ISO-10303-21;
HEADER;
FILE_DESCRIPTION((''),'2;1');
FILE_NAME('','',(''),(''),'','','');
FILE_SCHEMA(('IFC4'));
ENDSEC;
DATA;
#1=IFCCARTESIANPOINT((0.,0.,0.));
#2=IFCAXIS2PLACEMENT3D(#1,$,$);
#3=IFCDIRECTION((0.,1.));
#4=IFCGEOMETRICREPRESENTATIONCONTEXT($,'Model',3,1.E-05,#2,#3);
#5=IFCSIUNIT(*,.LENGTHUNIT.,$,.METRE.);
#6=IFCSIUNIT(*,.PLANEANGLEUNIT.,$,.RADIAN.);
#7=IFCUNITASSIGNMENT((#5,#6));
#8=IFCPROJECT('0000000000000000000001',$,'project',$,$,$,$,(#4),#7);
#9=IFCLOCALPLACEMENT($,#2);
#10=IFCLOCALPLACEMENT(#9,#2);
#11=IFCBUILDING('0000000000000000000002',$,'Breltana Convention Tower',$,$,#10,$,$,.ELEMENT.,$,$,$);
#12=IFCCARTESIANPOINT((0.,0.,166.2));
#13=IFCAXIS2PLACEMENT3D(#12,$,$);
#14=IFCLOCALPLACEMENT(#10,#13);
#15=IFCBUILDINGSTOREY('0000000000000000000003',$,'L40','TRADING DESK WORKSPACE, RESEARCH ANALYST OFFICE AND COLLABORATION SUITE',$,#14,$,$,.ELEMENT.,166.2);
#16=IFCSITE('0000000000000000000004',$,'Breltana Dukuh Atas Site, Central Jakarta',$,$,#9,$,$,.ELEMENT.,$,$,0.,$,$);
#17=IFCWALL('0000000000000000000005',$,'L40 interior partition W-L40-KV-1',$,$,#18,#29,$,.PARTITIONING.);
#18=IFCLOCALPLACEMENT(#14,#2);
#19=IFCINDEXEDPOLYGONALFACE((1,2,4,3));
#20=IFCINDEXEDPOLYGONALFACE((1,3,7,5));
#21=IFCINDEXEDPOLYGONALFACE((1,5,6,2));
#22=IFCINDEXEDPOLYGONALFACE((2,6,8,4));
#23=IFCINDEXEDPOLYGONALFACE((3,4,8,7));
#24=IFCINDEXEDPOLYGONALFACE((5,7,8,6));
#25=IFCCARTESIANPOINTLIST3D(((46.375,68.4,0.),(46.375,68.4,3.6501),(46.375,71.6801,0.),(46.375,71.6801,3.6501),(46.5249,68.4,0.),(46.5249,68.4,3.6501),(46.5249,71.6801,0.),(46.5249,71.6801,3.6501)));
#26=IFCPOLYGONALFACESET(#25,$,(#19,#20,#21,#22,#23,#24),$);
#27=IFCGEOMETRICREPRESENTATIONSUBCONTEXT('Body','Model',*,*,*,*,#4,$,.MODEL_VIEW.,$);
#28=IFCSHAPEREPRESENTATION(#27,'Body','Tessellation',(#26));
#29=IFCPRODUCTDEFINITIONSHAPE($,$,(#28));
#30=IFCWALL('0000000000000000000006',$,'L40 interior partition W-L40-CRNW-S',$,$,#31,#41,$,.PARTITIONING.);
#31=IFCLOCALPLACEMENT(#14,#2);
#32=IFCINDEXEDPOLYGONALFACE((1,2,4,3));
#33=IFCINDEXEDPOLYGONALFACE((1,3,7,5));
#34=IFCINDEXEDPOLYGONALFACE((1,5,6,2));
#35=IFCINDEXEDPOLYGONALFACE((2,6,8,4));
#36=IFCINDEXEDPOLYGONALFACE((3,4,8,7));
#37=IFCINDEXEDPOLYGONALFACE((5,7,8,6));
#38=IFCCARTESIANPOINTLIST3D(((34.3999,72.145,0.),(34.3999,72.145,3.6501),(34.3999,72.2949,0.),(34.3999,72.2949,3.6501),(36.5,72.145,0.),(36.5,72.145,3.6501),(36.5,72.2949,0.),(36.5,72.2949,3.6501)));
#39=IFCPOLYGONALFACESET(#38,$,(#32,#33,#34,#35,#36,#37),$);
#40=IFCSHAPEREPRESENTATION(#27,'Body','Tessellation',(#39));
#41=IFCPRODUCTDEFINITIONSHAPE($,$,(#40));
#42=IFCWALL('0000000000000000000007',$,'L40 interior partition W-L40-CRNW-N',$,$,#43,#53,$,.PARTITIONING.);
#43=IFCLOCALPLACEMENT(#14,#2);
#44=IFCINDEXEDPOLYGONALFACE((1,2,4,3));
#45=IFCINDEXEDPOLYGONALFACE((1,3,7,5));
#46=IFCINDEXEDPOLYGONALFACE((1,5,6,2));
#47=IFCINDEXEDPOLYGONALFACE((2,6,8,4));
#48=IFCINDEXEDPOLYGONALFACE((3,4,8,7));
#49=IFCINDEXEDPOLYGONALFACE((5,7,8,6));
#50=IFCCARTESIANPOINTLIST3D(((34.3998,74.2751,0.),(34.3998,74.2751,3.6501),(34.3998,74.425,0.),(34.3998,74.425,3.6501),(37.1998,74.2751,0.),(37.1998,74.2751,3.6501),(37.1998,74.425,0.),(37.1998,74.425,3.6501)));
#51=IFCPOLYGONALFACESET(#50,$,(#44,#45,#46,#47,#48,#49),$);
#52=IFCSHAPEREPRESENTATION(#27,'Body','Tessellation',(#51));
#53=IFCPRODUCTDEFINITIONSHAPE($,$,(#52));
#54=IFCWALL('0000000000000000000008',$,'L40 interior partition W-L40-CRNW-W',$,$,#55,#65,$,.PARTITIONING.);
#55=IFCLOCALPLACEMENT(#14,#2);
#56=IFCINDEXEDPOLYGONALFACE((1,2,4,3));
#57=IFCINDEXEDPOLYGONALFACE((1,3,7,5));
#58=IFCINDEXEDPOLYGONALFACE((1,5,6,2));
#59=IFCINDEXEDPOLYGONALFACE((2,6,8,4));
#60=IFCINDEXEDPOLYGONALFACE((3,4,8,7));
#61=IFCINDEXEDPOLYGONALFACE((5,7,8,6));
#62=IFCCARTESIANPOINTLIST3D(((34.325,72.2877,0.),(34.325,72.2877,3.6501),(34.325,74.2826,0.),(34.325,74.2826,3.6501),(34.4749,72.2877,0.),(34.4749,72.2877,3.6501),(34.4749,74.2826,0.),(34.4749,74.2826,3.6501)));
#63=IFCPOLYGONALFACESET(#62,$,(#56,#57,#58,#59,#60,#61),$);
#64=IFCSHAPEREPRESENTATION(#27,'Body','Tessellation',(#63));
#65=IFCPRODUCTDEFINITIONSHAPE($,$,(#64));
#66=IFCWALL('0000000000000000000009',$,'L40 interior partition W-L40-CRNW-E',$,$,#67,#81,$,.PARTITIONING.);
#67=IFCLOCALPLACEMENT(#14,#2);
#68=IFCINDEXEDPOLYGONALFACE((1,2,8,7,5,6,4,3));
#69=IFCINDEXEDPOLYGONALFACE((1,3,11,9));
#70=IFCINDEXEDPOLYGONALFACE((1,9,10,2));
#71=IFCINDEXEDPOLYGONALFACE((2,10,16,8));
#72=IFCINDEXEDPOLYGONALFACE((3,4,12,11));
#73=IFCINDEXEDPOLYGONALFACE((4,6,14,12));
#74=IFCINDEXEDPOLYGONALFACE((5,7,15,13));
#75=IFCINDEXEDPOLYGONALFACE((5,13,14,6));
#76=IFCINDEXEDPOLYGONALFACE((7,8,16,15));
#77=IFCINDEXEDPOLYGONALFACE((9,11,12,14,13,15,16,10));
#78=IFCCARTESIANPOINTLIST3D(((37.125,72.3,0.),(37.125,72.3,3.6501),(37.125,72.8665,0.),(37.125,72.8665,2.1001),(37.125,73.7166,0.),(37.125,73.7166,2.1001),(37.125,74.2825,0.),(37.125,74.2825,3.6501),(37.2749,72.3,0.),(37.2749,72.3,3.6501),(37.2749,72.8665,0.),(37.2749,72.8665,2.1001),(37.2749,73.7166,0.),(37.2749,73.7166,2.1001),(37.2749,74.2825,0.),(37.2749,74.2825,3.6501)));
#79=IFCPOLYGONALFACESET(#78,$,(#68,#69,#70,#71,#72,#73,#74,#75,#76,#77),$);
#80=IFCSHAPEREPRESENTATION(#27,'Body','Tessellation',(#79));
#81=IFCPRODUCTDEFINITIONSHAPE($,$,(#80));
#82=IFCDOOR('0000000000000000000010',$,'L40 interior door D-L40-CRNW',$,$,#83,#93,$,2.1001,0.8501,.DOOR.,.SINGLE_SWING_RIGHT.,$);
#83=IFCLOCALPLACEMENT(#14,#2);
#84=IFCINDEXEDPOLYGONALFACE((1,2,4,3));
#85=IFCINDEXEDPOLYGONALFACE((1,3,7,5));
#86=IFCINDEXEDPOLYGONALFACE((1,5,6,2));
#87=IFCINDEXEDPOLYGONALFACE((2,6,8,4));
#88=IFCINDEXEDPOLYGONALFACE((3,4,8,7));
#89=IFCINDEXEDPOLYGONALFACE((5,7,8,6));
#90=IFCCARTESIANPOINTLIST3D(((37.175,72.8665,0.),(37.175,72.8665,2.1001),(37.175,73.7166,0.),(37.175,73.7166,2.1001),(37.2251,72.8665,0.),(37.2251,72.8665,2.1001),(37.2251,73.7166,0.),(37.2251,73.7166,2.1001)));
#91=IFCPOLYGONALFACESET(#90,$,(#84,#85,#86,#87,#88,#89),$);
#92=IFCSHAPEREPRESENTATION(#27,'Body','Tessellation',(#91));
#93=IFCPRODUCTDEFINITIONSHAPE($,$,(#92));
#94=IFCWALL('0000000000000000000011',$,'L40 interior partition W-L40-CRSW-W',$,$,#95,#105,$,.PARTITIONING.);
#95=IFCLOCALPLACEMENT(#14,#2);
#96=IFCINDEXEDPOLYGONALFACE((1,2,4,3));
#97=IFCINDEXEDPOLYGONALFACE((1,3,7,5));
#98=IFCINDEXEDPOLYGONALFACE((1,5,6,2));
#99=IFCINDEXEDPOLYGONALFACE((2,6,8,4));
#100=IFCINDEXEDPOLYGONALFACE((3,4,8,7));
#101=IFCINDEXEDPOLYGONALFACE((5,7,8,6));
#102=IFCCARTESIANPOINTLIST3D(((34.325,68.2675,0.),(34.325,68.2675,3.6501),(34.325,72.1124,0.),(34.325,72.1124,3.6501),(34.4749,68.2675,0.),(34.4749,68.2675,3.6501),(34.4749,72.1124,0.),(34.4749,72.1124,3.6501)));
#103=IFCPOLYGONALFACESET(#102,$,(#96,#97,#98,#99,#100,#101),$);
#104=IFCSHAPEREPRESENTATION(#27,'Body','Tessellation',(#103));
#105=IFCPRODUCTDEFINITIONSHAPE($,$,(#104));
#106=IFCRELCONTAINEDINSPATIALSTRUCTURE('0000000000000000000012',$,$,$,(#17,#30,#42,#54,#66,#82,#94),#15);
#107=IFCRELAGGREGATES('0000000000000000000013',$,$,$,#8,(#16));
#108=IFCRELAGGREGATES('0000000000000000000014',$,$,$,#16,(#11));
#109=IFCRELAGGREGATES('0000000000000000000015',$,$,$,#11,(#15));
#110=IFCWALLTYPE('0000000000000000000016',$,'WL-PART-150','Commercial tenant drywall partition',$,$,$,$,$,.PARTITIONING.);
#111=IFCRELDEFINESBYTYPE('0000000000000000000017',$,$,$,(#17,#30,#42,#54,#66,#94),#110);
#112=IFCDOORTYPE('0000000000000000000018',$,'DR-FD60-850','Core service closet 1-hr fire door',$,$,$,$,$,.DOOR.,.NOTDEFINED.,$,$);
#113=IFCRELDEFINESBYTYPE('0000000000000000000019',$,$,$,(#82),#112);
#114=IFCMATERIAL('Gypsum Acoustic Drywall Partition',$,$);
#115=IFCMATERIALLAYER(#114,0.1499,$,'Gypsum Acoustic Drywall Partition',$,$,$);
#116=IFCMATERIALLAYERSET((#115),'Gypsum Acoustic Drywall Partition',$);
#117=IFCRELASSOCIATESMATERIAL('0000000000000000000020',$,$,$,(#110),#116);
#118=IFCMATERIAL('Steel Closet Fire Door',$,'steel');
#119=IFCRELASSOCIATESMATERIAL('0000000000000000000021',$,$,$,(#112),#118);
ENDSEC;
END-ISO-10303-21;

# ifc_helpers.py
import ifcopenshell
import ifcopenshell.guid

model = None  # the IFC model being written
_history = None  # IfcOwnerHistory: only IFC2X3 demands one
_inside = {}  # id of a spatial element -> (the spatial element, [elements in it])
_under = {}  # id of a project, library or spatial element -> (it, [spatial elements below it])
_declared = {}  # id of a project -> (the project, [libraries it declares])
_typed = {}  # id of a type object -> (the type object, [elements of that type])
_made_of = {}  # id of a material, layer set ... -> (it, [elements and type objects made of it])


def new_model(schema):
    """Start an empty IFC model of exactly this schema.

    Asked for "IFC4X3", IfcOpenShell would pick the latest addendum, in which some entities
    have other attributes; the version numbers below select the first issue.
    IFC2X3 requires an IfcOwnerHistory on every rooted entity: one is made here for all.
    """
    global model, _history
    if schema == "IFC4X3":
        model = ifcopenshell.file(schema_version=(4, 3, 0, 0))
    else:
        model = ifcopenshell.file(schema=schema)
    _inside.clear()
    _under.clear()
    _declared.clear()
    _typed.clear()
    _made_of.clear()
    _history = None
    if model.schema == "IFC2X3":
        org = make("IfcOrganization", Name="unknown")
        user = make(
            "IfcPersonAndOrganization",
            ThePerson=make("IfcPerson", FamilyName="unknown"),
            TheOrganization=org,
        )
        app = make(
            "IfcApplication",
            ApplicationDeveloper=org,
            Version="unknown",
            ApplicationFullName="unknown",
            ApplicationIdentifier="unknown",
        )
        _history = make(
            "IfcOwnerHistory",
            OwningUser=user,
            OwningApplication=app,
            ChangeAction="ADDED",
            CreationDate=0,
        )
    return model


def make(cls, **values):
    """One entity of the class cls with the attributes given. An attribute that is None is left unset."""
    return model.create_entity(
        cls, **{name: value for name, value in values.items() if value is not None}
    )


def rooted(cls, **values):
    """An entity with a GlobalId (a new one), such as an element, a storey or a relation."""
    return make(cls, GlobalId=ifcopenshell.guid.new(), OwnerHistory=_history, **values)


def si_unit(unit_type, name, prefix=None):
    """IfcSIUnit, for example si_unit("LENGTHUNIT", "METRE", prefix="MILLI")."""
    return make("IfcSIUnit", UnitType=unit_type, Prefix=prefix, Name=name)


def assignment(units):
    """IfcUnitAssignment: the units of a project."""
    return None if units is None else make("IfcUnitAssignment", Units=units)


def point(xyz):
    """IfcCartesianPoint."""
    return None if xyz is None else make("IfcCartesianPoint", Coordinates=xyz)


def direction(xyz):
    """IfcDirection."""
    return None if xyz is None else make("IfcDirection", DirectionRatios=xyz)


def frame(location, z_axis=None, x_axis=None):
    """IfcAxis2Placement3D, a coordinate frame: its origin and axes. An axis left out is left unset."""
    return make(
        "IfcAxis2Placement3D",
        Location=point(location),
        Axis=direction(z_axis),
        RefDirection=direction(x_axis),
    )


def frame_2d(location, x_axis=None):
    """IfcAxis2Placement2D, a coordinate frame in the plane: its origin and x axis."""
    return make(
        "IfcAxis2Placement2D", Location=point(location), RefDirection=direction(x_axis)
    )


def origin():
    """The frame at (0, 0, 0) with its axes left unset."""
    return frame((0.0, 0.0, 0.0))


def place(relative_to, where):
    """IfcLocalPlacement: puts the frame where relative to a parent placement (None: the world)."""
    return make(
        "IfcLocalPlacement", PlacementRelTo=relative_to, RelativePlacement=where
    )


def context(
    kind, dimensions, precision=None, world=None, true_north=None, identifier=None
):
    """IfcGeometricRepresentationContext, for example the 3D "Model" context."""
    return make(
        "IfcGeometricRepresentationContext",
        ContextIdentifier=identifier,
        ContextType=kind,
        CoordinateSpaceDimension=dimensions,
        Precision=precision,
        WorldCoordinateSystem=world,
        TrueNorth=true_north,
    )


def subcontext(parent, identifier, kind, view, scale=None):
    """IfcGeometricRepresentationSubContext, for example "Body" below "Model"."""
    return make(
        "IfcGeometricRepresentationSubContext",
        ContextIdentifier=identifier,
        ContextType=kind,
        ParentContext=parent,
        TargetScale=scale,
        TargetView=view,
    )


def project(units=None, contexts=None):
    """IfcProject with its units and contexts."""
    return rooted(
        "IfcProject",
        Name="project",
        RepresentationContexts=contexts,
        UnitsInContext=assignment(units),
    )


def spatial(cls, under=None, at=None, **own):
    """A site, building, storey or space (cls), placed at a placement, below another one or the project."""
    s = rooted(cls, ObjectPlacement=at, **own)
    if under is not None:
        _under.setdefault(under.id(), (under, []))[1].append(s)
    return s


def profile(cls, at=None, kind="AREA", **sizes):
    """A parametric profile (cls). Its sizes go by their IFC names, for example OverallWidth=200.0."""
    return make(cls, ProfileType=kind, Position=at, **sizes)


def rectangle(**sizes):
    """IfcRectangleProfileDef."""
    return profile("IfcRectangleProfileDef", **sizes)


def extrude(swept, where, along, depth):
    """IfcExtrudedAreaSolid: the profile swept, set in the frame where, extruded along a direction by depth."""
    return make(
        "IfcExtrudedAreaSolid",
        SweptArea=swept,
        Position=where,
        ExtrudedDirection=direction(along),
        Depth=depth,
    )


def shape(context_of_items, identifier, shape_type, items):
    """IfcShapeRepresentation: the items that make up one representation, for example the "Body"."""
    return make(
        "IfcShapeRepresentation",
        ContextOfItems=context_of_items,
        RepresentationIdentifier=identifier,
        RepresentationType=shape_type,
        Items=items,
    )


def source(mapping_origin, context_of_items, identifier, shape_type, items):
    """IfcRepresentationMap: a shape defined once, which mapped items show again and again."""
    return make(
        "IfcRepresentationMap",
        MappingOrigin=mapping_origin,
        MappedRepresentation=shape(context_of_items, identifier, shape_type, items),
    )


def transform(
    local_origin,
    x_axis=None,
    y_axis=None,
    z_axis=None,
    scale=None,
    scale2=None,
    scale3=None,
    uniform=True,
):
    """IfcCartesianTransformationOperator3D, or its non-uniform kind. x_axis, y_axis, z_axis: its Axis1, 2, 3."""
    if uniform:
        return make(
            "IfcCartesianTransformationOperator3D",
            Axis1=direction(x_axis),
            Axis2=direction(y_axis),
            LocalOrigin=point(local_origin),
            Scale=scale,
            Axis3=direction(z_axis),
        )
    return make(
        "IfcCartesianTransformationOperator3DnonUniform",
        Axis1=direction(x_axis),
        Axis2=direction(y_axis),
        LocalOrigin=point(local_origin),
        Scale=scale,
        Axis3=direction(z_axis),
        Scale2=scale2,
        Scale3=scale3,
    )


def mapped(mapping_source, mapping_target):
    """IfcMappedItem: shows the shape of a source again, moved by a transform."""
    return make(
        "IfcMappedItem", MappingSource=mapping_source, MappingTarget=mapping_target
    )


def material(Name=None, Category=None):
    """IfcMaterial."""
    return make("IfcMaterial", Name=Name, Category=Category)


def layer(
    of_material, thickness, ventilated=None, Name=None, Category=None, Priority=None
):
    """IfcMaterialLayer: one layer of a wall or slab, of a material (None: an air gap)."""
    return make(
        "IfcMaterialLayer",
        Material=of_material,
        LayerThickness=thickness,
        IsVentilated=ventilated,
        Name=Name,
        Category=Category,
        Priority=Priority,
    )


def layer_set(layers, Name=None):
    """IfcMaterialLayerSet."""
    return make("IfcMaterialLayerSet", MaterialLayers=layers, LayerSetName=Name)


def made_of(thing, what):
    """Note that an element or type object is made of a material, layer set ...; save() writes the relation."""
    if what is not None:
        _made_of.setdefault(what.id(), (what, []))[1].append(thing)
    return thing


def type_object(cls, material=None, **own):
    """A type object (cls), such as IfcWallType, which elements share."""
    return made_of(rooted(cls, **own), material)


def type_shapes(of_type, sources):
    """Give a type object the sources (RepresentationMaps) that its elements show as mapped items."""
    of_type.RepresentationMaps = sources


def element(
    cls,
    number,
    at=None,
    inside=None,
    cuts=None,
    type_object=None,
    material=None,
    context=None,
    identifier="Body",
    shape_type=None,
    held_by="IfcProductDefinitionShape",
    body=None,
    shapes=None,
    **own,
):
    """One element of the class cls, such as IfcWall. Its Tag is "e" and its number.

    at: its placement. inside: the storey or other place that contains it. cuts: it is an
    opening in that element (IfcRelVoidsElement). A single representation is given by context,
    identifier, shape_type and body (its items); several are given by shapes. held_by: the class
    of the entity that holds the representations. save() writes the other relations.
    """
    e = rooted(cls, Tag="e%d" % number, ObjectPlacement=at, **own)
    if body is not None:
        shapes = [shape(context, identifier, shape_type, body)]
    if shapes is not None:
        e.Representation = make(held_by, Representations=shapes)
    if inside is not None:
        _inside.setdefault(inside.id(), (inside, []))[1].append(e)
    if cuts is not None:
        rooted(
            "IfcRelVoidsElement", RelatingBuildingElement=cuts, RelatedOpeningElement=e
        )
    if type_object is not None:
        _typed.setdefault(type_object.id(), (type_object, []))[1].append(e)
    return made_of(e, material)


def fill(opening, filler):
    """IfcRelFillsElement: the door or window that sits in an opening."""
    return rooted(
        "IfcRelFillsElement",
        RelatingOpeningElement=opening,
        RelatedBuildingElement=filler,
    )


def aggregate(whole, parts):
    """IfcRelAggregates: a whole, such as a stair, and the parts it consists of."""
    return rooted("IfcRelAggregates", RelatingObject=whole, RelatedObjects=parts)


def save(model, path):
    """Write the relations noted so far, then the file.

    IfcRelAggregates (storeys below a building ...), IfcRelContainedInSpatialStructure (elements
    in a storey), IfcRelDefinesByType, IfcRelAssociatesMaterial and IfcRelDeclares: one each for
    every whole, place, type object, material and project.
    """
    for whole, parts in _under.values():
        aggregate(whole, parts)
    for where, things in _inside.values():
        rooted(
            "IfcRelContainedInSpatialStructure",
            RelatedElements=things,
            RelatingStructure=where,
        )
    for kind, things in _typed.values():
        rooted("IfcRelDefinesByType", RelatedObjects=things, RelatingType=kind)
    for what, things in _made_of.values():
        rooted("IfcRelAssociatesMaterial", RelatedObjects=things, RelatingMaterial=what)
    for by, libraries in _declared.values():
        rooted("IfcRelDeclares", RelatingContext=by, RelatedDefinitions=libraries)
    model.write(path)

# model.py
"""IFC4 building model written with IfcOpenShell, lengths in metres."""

from ifc_helpers import new_model, si_unit, direction, frame, frame_2d, origin, place, context, subcontext, project, spatial, rectangle, extrude, source, transform, mapped, material, layer, layer_set, type_object, type_shapes, element, fill, save


model = new_model("IFC4")

# Units and contexts
model_context = context("Model", 3, precision=1e-05, world=origin(), true_north=direction((0.0, 1.0)))
body_context = subcontext(model_context, "Body", "Model", "MODEL_VIEW")
ifc_project = project(units=[si_unit("LENGTHUNIT", "METRE"), si_unit("PLANEANGLEUNIT", "RADIAN")], contexts=[model_context])

# Site, building, storey
site_placement = place(None, origin())
site = spatial("IfcSite", under=ifc_project, at=site_placement, Name="Breltana Dukuh Atas Site, Central Jakarta", CompositionType="ELEMENT", RefElevation=0.0)
building_placement = place(site_placement, origin())
building = spatial("IfcBuilding", under=site, at=building_placement, Name="Breltana Convention Tower", CompositionType="ELEMENT")
storey_placement = place(building_placement, frame((0.0, 0.0, 166.2)))
storey = spatial("IfcBuildingStorey", under=building, at=storey_placement, Name="L40", Description="TRADING DESK WORKSPACE, RESEARCH ANALYST OFFICE AND COLLABORATION SUITE", CompositionType="ELEMENT", Elevation=166.2)

# Walls
ifc_material_1 = material(Name="Gypsum Acoustic Drywall Partition")
ifc_layer_1 = layer(ifc_material_1, 0.1499, Name="Gypsum Acoustic Drywall Partition")
ifc_layer_set_1 = layer_set([ifc_layer_1], Name="Gypsum Acoustic Drywall Partition")
wall_type_1 = type_object("IfcWallType", Name="WL-PART-150", Description="Commercial tenant drywall partition", PredefinedType="PARTITIONING", material=ifc_layer_set_1)
shared_shape_1 = source(origin(), body_context, "Body", "SweptSolid", [
    extrude(rectangle(XDim=3.28, YDim=0.1499, at=frame_2d((1.6401, 0.0))), origin(), (0.0, 0.0, 1.0), 3.6501),
])
wall_1_placement = place(storey_placement, frame((46.45, 68.3999, 0.0), z_axis=(0.0, 0.0, 1.0), x_axis=(0.0, 1.0, 0.0)))
element("IfcWall", 1, at=wall_1_placement, inside=storey, type_object=wall_type_1, Name="L40 interior partition W-L40-KV-1", PredefinedType="PARTITIONING", context=body_context, shape_type="MappedRepresentation", body=[
    mapped(shared_shape_1, transform((0.0, 0.0, 0.0), scale=1.0)),
])
shared_shape_2 = source(origin(), body_context, "Body", "SweptSolid", [
    extrude(rectangle(XDim=2.1001, YDim=0.1499, at=frame_2d((1.05, 0.0))), origin(), (0.0, 0.0, 1.0), 3.6501),
])
wall_2_placement = place(storey_placement, frame((34.3999, 72.22, 0.0), z_axis=(0.0, 0.0, 1.0), x_axis=(1.0, 0.0, 0.0)))
element("IfcWall", 2, at=wall_2_placement, inside=storey, type_object=wall_type_1, Name="L40 interior partition W-L40-CRNW-S", PredefinedType="PARTITIONING", context=body_context, shape_type="MappedRepresentation", body=[
    mapped(shared_shape_2, transform((0.0, 0.0, 0.0), scale=1.0)),
])
shared_shape_3 = source(origin(), body_context, "Body", "SweptSolid", [
    extrude(rectangle(XDim=2.8, YDim=0.1499, at=frame_2d((1.3999, 0.0))), origin(), (0.0, 0.0, 1.0), 3.6501),
])
wall_3_placement = place(storey_placement, frame((34.3999, 74.3501, 0.0), z_axis=(0.0, 0.0, 1.0), x_axis=(1.0, 0.0, 0.0)))
element("IfcWall", 3, at=wall_3_placement, inside=storey, type_object=wall_type_1, Name="L40 interior partition W-L40-CRNW-N", PredefinedType="PARTITIONING", context=body_context, shape_type="MappedRepresentation", body=[
    mapped(shared_shape_3, transform((0.0, 0.0, 0.0), scale=1.0)),
])
shared_shape_4 = source(origin(), body_context, "Body", "SweptSolid", [
    extrude(rectangle(XDim=1.9949, YDim=0.1499, at=frame_2d((0.9976, 0.0))), origin(), (0.0, 0.0, 1.0), 3.6501),
])
wall_4_placement = place(storey_placement, frame((34.3999, 72.2876, 0.0), z_axis=(0.0, 0.0, 1.0), x_axis=(0.0, 1.0, 0.0)))
element("IfcWall", 4, at=wall_4_placement, inside=storey, type_object=wall_type_1, Name="L40 interior partition W-L40-CRNW-W", PredefinedType="PARTITIONING", context=body_context, shape_type="MappedRepresentation", body=[
    mapped(shared_shape_4, transform((0.0, 0.0, 0.0), scale=1.0)),
])

# Wall, opening, door
shared_shape_5 = source(origin(), body_context, "Body", "SweptSolid", [
    extrude(rectangle(XDim=1.9824, YDim=0.1499, at=frame_2d((0.9912, 0.0))), origin(), (0.0, 0.0, 1.0), 3.6501),
])
wall_5_placement = place(storey_placement, frame((37.2, 72.3, 0.0), z_axis=(0.0, 0.0, 1.0), x_axis=(0.0, 1.0, 0.0)))
wall_5 = element("IfcWall", 5, at=wall_5_placement, inside=storey, type_object=wall_type_1, Name="L40 interior partition W-L40-CRNW-E", PredefinedType="PARTITIONING", context=body_context, shape_type="MappedRepresentation", body=[
    mapped(shared_shape_5, transform((0.0, 0.0, 0.0), scale=1.0)),
])
opening_1_placement = place(wall_5_placement, frame((0.5664, 0.0, 0.0)))
opening_1 = element("IfcOpeningElement", 6, at=opening_1_placement, cuts=wall_5, PredefinedType="OPENING", context=body_context, shape_type="SweptSolid", body=[
    extrude(rectangle(XDim=0.8501, YDim=2.1001, at=frame_2d((0.425, 1.05))), frame((0.0, 0.085, 0.0), z_axis=(0.0, -1.0, 0.0), x_axis=(1.0, 0.0, 0.0)), (0.0, 0.0, 1.0), 0.1699),
])
ifc_material_2 = material(Name="Steel Closet Fire Door", Category="steel")
door_type_1 = type_object("IfcDoorType", Name="DR-FD60-850", Description="Core service closet 1-hr fire door", OperationType="NOTDEFINED", PredefinedType="DOOR", material=ifc_material_2)
shared_shape_6 = source(origin(), body_context, "Body", "SweptSolid", [
    extrude(rectangle(XDim=0.8501, YDim=2.1001, at=frame_2d((0.425, 1.05))), frame((0.0, 0.0249, 0.0), z_axis=(0.0, -1.0, 0.0), x_axis=(1.0, 0.0, 0.0)), (0.0, 0.0, 1.0), 0.05),
])
type_shapes(door_type_1, [shared_shape_6])
door_1_placement = place(opening_1_placement, origin())
door_1 = element("IfcDoor", 7, at=door_1_placement, inside=storey, type_object=door_type_1, Name="L40 interior door D-L40-CRNW", OperationType="SINGLE_SWING_RIGHT", OverallHeight=2.1001, OverallWidth=0.8501, PredefinedType="DOOR", context=body_context, shape_type="MappedRepresentation", body=[
    mapped(shared_shape_6, transform((0.0, 0.0, 0.0), scale=1.0)),
])
fill(opening_1, door_1)

# Wall
shared_shape_7 = source(origin(), body_context, "Body", "SweptSolid", [
    extrude(rectangle(XDim=3.845, YDim=0.1499, at=frame_2d((1.9224, 0.0))), origin(), (0.0, 0.0, 1.0), 3.6501),
])
wall_6_placement = place(storey_placement, frame((34.3999, 68.2676, 0.0), z_axis=(0.0, 0.0, 1.0), x_axis=(0.0, 1.0, 0.0)))
element("IfcWall", 8, at=wall_6_placement, inside=storey, type_object=wall_type_1, Name="L40 interior partition W-L40-CRSW-W", PredefinedType="PARTITIONING", context=body_context, shape_type="MappedRepresentation", body=[
    mapped(shared_shape_7, transform((0.0, 0.0, 0.0), scale=1.0)),
])

save(model, "model.ifc")
